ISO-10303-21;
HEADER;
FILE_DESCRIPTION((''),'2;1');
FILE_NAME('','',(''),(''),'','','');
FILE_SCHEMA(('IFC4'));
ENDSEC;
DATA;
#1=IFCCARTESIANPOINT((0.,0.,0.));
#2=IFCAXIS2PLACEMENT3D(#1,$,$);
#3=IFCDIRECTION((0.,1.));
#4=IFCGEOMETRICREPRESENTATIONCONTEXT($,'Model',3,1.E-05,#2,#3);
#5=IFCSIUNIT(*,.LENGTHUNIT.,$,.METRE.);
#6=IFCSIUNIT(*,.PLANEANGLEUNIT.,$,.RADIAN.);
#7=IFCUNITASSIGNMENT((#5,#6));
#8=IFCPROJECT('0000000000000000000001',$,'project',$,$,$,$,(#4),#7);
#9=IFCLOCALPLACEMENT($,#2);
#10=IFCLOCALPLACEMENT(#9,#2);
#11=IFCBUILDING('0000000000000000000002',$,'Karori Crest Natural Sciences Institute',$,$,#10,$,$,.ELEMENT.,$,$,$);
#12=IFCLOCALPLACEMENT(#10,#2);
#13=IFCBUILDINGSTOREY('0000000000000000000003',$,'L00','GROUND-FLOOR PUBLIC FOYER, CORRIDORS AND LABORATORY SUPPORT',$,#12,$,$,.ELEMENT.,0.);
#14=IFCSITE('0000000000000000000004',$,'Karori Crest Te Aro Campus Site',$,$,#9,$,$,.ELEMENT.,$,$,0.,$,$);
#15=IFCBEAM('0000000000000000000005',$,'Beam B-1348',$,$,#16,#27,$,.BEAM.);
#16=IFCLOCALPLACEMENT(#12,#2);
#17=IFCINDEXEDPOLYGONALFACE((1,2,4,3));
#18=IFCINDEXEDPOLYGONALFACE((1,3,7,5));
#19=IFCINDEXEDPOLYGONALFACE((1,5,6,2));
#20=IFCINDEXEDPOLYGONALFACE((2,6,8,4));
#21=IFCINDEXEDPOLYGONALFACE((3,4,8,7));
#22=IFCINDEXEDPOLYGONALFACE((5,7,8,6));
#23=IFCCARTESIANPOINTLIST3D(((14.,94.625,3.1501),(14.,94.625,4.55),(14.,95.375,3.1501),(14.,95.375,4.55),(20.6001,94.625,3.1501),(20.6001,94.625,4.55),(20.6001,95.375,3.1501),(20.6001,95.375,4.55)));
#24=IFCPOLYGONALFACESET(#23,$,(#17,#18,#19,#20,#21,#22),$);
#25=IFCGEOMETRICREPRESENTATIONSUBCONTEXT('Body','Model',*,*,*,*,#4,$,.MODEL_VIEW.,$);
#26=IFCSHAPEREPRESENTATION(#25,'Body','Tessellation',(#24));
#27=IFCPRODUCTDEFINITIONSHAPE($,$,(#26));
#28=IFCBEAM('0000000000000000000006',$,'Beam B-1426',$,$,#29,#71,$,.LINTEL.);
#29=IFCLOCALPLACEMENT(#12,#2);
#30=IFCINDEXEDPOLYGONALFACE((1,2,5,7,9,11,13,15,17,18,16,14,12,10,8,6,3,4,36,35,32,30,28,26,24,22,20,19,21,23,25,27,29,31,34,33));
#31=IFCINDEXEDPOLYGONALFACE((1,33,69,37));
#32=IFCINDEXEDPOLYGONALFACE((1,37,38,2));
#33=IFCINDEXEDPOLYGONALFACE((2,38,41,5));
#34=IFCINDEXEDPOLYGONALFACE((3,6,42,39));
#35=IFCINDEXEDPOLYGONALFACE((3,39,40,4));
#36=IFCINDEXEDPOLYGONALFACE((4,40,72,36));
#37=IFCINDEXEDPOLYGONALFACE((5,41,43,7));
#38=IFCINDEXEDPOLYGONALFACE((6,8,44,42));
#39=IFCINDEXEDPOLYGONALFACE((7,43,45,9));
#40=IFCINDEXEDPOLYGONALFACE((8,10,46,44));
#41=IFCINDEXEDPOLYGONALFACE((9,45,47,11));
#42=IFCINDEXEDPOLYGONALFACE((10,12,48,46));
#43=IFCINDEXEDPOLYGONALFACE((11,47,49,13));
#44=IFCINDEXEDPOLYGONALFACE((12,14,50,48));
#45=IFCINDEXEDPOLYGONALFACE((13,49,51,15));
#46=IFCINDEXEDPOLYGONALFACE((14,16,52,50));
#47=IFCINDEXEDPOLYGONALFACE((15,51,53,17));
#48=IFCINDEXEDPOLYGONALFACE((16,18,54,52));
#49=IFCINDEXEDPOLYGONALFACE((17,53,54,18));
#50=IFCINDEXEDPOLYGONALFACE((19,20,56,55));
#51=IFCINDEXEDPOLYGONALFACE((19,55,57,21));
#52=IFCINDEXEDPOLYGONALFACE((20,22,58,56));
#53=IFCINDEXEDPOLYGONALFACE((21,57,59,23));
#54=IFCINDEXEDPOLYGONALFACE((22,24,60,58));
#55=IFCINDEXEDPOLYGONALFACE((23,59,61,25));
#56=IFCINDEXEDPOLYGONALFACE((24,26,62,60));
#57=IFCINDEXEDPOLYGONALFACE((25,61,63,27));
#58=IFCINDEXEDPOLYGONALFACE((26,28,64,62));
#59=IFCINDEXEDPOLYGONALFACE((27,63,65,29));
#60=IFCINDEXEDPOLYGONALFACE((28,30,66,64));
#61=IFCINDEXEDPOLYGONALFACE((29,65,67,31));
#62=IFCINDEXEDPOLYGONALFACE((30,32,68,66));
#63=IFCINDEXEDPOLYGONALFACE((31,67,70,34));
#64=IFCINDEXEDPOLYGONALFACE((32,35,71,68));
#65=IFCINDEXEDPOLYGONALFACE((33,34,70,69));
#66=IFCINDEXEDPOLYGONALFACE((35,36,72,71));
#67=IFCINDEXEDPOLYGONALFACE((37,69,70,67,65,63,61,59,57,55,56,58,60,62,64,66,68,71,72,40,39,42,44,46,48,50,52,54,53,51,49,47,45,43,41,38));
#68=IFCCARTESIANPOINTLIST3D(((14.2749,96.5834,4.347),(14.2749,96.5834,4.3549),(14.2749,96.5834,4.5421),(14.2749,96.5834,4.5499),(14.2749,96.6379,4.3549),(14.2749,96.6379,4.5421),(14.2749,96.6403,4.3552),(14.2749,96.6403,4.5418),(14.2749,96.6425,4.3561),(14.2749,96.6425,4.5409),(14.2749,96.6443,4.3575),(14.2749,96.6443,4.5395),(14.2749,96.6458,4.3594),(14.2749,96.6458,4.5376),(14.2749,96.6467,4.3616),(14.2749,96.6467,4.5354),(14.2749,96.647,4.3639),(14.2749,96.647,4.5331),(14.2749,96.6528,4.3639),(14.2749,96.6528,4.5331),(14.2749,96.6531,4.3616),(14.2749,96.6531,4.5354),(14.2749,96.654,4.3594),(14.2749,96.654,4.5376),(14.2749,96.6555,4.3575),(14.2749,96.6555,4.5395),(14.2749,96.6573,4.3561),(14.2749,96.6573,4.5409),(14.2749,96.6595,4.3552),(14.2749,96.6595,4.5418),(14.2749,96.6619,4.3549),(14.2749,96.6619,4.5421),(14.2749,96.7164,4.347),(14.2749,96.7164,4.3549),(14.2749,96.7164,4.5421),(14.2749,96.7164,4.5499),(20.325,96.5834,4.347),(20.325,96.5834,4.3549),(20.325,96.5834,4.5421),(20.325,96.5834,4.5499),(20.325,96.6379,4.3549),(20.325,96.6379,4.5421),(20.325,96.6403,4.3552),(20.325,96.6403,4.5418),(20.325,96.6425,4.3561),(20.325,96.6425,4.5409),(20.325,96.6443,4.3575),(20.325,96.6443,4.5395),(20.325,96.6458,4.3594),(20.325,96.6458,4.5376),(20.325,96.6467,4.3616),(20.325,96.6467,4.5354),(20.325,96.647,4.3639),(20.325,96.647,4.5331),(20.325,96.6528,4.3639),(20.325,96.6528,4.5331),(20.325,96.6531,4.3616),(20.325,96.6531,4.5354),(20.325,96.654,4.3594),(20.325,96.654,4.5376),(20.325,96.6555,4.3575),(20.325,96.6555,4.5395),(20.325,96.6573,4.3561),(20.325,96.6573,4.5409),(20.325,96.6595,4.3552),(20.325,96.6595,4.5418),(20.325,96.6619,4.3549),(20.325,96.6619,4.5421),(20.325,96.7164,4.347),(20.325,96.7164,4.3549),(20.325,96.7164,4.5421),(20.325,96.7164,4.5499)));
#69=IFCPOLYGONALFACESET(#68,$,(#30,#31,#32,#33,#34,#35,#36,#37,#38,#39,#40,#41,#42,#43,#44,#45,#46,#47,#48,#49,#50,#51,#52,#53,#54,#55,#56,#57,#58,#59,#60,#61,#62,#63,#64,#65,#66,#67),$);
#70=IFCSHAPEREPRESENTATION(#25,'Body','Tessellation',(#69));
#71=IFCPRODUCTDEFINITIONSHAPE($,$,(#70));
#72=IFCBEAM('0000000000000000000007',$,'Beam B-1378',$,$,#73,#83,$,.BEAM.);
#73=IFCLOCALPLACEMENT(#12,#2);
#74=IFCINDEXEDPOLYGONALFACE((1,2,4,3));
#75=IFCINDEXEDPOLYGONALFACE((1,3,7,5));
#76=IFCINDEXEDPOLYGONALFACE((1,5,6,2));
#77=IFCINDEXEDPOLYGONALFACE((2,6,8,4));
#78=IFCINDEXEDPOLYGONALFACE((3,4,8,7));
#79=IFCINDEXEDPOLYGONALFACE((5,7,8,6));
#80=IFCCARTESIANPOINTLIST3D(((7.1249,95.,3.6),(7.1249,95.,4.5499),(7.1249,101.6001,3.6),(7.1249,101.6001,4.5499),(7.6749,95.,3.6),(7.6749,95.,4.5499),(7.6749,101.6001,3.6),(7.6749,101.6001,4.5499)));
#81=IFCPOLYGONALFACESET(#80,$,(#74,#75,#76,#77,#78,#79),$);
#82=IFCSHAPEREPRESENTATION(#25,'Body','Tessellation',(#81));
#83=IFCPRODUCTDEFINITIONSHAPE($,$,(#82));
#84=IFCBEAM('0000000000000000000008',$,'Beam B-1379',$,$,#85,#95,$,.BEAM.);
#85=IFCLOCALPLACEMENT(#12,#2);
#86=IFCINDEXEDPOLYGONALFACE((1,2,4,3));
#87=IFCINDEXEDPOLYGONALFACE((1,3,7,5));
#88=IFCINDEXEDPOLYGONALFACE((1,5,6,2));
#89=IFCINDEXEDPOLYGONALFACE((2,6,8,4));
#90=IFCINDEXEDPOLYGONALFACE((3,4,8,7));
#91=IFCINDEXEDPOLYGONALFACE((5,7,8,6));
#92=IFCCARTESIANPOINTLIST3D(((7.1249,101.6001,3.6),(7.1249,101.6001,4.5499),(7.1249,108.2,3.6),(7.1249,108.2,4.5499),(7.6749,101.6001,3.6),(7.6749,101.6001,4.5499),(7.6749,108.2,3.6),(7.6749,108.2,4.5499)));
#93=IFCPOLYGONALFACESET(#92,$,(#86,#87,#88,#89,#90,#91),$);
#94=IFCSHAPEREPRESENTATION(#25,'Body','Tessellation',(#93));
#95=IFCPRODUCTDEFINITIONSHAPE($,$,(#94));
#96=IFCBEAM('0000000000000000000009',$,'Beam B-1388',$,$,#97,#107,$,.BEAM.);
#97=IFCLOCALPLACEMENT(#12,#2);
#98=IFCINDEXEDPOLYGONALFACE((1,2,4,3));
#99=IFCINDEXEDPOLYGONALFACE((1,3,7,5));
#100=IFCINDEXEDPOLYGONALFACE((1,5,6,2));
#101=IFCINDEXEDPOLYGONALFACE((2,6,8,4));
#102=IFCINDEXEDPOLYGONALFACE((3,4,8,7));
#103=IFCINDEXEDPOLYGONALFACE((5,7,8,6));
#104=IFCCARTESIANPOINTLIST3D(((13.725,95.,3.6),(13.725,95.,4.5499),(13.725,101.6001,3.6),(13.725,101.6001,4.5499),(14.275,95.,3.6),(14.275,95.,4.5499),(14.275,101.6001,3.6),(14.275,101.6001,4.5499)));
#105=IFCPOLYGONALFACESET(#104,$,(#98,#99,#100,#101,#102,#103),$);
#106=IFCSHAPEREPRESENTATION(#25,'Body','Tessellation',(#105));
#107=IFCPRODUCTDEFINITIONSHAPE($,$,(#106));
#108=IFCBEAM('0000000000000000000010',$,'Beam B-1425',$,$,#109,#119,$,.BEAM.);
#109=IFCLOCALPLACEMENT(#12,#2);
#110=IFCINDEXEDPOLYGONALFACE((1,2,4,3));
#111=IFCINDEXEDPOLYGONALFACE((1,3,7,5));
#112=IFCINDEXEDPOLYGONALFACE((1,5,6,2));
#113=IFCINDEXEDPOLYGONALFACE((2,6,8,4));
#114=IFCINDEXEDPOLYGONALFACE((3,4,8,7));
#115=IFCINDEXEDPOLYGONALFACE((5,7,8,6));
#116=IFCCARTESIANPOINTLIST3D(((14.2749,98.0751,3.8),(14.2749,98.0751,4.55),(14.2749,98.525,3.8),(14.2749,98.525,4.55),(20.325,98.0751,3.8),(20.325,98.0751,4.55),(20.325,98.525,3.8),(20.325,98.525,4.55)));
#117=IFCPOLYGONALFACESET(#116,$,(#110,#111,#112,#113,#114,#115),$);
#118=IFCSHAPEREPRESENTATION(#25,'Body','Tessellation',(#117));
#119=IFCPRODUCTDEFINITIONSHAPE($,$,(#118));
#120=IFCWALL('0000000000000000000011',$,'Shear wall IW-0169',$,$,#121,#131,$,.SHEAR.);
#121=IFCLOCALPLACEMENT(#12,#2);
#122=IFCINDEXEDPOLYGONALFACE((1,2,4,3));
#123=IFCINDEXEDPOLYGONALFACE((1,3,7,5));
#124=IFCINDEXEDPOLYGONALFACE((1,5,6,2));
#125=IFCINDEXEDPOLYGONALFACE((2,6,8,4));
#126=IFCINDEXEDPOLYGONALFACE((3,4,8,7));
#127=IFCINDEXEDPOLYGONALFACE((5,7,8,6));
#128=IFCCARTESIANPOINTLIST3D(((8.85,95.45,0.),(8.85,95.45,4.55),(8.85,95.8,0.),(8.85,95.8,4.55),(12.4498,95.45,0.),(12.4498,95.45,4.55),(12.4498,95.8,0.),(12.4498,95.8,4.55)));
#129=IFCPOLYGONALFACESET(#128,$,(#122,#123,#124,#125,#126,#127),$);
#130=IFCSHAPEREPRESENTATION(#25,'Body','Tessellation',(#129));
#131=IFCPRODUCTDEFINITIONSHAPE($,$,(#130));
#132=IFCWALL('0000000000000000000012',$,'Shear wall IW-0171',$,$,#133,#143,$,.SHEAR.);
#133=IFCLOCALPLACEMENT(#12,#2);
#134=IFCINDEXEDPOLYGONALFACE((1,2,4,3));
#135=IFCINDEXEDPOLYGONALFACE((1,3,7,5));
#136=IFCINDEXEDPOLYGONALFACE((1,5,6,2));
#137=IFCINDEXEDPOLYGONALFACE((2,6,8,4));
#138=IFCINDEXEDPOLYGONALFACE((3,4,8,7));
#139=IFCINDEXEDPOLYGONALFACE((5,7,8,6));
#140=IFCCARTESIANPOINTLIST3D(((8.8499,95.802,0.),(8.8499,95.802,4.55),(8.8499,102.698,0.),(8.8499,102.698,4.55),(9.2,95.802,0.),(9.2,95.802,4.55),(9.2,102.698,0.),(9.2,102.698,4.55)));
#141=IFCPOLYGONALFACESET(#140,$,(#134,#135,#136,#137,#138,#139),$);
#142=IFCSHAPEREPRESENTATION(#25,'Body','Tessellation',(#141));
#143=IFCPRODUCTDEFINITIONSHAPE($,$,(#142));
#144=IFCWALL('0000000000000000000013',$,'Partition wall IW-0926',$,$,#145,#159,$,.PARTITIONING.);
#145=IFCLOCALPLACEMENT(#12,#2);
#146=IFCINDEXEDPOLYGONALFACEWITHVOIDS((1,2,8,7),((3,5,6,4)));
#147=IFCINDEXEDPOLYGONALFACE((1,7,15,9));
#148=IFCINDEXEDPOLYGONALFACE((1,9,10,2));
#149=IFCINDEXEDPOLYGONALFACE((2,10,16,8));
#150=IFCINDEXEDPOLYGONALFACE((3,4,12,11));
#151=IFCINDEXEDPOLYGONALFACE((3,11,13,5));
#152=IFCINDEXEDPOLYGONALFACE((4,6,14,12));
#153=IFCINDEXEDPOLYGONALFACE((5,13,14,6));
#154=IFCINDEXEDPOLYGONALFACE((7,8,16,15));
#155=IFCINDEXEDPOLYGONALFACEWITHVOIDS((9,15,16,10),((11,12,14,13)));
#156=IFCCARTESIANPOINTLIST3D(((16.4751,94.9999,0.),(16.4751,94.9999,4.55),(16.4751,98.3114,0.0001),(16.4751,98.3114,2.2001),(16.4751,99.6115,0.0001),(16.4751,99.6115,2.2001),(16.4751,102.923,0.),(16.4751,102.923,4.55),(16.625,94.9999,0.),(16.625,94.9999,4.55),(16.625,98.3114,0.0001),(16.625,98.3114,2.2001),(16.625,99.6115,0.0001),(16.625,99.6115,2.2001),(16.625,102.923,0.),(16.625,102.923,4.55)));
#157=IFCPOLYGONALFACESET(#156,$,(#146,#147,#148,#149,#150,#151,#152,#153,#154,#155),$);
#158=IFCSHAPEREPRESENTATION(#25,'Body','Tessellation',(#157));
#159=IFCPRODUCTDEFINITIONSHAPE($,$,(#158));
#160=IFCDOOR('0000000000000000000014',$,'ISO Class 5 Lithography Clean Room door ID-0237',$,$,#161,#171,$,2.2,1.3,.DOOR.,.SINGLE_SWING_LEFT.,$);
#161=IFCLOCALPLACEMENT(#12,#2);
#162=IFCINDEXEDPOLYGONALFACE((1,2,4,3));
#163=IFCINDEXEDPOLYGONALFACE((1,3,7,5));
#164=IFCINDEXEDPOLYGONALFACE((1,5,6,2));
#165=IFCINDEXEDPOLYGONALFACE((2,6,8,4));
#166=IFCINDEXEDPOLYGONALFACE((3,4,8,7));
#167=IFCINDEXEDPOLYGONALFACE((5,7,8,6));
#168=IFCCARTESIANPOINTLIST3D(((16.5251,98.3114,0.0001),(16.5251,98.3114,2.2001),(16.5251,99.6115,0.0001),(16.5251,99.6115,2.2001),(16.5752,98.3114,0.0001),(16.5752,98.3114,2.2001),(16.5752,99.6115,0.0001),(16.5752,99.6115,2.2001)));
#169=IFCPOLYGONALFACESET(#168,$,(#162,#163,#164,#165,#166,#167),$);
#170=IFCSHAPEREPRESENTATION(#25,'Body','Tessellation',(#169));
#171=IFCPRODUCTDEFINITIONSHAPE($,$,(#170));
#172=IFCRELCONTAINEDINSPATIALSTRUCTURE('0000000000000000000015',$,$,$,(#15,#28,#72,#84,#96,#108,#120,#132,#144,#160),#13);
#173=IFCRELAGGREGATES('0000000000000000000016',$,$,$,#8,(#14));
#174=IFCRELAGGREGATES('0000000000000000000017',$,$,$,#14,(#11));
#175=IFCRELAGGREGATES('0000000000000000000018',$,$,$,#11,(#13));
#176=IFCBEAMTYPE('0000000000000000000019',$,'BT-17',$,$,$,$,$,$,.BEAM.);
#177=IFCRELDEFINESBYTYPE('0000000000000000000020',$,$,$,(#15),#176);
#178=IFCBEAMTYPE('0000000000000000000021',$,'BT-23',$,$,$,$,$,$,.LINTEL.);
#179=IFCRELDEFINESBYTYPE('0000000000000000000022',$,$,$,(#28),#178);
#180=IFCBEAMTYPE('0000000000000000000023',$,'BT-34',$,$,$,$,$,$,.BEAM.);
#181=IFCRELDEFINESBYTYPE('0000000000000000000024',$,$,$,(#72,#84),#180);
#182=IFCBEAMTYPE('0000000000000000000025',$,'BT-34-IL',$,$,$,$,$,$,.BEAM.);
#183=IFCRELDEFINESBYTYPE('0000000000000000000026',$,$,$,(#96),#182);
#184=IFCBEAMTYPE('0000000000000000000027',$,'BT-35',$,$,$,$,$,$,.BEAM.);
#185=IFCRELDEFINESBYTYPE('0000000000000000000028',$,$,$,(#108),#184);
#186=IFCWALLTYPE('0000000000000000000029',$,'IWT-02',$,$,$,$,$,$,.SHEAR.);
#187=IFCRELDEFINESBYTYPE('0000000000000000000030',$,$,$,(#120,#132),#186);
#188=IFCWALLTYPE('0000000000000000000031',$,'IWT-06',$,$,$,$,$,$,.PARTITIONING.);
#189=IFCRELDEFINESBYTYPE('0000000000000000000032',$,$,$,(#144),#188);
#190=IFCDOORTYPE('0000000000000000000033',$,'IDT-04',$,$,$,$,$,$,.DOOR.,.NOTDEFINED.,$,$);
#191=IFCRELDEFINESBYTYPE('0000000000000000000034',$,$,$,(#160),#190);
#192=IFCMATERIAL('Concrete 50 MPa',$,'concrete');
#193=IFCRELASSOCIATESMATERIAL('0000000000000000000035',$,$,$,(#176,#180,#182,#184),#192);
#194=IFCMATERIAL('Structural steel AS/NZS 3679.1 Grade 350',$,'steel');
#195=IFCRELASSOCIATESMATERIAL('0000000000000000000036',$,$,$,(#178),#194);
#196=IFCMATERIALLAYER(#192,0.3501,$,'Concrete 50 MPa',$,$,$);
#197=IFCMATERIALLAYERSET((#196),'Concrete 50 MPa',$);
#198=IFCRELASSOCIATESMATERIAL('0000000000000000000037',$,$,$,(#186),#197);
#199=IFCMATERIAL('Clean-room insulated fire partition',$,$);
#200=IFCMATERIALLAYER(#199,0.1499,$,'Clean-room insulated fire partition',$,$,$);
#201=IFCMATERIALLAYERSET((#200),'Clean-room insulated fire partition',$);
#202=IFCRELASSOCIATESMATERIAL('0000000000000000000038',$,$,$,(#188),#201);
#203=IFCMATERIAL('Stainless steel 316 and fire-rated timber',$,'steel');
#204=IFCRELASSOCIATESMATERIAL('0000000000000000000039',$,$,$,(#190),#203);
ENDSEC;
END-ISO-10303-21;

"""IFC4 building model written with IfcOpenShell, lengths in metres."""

from ifc_helpers import new_model, si_unit, direction, frame, frame_2d, origin, origin_2d, place, context, subcontext, project, spatial, rectangle, i_section, extrude, material, layer, layer_set, material_profile, profile_set, type_object, element, fill, save


model = new_model("IFC4")

# Units and contexts
model_context = context("Model", 3, precision=1e-05, world=origin(), true_north=direction((0.0, 1.0)))
body_context = subcontext(model_context, "Body", "Model", "MODEL_VIEW")
ifc_project = project(units=[si_unit("LENGTHUNIT", "METRE"), si_unit("PLANEANGLEUNIT", "RADIAN")], contexts=[model_context])

# Site, building, storey
site_placement = place(None, origin())
site = spatial("IfcSite", under=ifc_project, at=site_placement, Name="Karori Crest Te Aro Campus Site", CompositionType="ELEMENT", RefElevation=0.0)
building_placement = place(site_placement, origin())
building = spatial("IfcBuilding", under=site, at=building_placement, Name="Karori Crest Natural Sciences Institute", CompositionType="ELEMENT")
storey_placement = place(building_placement, origin())
storey = spatial("IfcBuildingStorey", under=building, at=storey_placement, Name="L00", Description="GROUND-FLOOR PUBLIC FOYER, CORRIDORS AND LABORATORY SUPPORT", CompositionType="ELEMENT", Elevation=0.0)

# Shared definitions
ifc_material_1 = material(Name="Structural steel AS/NZS 3679.1 Grade 350", Category="steel")
ifc_material_2 = material(Name="Concrete 50 MPa", Category="concrete")

# Beams
ifc_material_profile_1 = material_profile(ifc_material_2, rectangle(XDim=0.75, YDim=1.3999, at=origin_2d()), Name="RCB750x1400")
ifc_profile_set_1 = profile_set([ifc_material_profile_1], Name="Concrete 50 MPa")
beam_type_1 = type_object("IfcBeamType", Name="BT-17", PredefinedType="BEAM", material=ifc_profile_set_1)
for number, where, z_axis, x_axis, name in (
    (1, (14.0, 95.0, 3.8501), (1.0, 0.0, 0.0), (0.0, 1.0, 0.0), "Beam B-1348"),
):
    element("IfcBeam", number, at=place(storey_placement, frame(where, z_axis=z_axis, x_axis=x_axis)), inside=storey, type_object=beam_type_1, Name=name, PredefinedType="BEAM", context=body_context, shape_type="SweptSolid", body=[
        extrude(rectangle(XDim=0.75, YDim=1.3999, at=origin_2d()), origin(), (0.0, 0.0, 1.0), 6.6001),
    ])
ifc_material_profile_2 = material_profile(ifc_material_1, i_section(OverallWidth=0.1331, OverallDepth=0.2029, WebThickness=0.0059, FlangeThickness=0.0078, FilletRadius=0.009, at=origin_2d()), Name="200UB25.4")
ifc_profile_set_2 = profile_set([ifc_material_profile_2], Name="Structural steel AS/NZS 3679.1 Grade 350")
beam_type_2 = type_object("IfcBeamType", Name="BT-23", PredefinedType="LINTEL", material=ifc_profile_set_2)
beam_1_placement = place(storey_placement, frame((14.2749, 96.6499, 4.4485), z_axis=(1.0, 0.0, 0.0), x_axis=(0.0, 1.0, 0.0)))
element("IfcBeam", 2, at=beam_1_placement, inside=storey, type_object=beam_type_2, Name="Beam B-1426", PredefinedType="LINTEL", context=body_context, shape_type="SweptSolid", body=[
    extrude(i_section(OverallWidth=0.1331, OverallDepth=0.2029, WebThickness=0.0059, FlangeThickness=0.0078, FilletRadius=0.009, at=origin_2d()), origin(), (0.0, 0.0, 1.0), 6.05),
])
ifc_material_profile_3 = material_profile(ifc_material_2, rectangle(XDim=0.55, YDim=0.95, at=origin_2d()), Name="RCB550x950")
ifc_profile_set_3 = profile_set([ifc_material_profile_3], Name="Concrete 50 MPa")
beam_type_3 = type_object("IfcBeamType", Name="BT-34", PredefinedType="BEAM", material=ifc_profile_set_3)
beam_2_placement = place(storey_placement, frame((7.3999, 95.0, 4.075), z_axis=(0.0, 1.0, 0.0), x_axis=(-1.0, 0.0, 0.0)))
element("IfcBeam", 3, at=beam_2_placement, inside=storey, type_object=beam_type_3, Name="Beam B-1378", PredefinedType="BEAM", context=body_context, shape_type="SweptSolid", body=[
    extrude(rectangle(XDim=0.55, YDim=0.95, at=origin_2d()), origin(), (0.0, 0.0, 1.0), 6.6001),
])
beam_3_placement = place(storey_placement, frame((7.3999, 101.6001, 4.075), z_axis=(0.0, 1.0, 0.0), x_axis=(-1.0, 0.0, 0.0)))
element("IfcBeam", 4, at=beam_3_placement, inside=storey, type_object=beam_type_3, Name="Beam B-1379", PredefinedType="BEAM", context=body_context, shape_type="SweptSolid", body=[
    extrude(rectangle(XDim=0.55, YDim=0.95, at=origin_2d()), origin(), (0.0, 0.0, 1.0), 6.5999),
])
ifc_material_profile_4 = material_profile(ifc_material_2, rectangle(XDim=0.55, YDim=0.95, at=origin_2d()), Name="RCB550x950")
ifc_profile_set_4 = profile_set([ifc_material_profile_4], Name="Concrete 50 MPa")
beam_type_4 = type_object("IfcBeamType", Name="BT-34-IL", PredefinedType="BEAM", material=ifc_profile_set_4)
beam_4_placement = place(storey_placement, frame((14.0, 95.0, 4.075), z_axis=(0.0, 1.0, 0.0), x_axis=(-1.0, 0.0, 0.0)))
element("IfcBeam", 5, at=beam_4_placement, inside=storey, type_object=beam_type_4, Name="Beam B-1388", PredefinedType="BEAM", context=body_context, shape_type="SweptSolid", body=[
    extrude(rectangle(XDim=0.55, YDim=0.95, at=origin_2d()), origin(), (0.0, 0.0, 1.0), 6.6001),
])
ifc_material_profile_5 = material_profile(ifc_material_2, rectangle(XDim=0.45, YDim=0.75, at=origin_2d()), Name="RCB450x750")
ifc_profile_set_5 = profile_set([ifc_material_profile_5], Name="Concrete 50 MPa")
beam_type_5 = type_object("IfcBeamType", Name="BT-35", PredefinedType="BEAM", material=ifc_profile_set_5)
beam_5_placement = place(storey_placement, frame((14.2749, 98.3, 4.175), z_axis=(1.0, 0.0, 0.0), x_axis=(0.0, 1.0, 0.0)))
element("IfcBeam", 6, at=beam_5_placement, inside=storey, type_object=beam_type_5, Name="Beam B-1425", PredefinedType="BEAM", context=body_context, shape_type="SweptSolid", body=[
    extrude(rectangle(XDim=0.45, YDim=0.75, at=origin_2d()), origin(), (0.0, 0.0, 1.0), 6.05),
])

# Walls
ifc_layer_1 = layer(ifc_material_2, 0.3501, Name="Concrete 50 MPa")
ifc_layer_set_1 = layer_set([ifc_layer_1], Name="Concrete 50 MPa")
wall_type_1 = type_object("IfcWallType", Name="IWT-02", PredefinedType="SHEAR", material=ifc_layer_set_1)
wall_1_placement = place(storey_placement, frame((8.8501, 95.625, 0.0), z_axis=(0.0, 0.0, 1.0), x_axis=(1.0, 0.0, 0.0)))
element("IfcWall", 7, at=wall_1_placement, inside=storey, type_object=wall_type_1, Name="Shear wall IW-0169", PredefinedType="SHEAR", context=body_context, shape_type="SweptSolid", body=[
    extrude(rectangle(XDim=3.5999, YDim=0.3501, at=frame_2d((1.7998, 0.0))), origin(), (0.0, 0.0, 1.0), 4.55),
])
wall_2_placement = place(storey_placement, frame((9.0249, 95.802, 0.0), z_axis=(0.0, 0.0, 1.0), x_axis=(0.0, 1.0, 0.0)))
element("IfcWall", 8, at=wall_2_placement, inside=storey, type_object=wall_type_1, Name="Shear wall IW-0171", PredefinedType="SHEAR", context=body_context, shape_type="SweptSolid", body=[
    extrude(rectangle(XDim=6.896, YDim=0.3501, at=frame_2d((3.448, 0.0))), origin(), (0.0, 0.0, 1.0), 4.55),
])

# Wall, opening, door
ifc_material_3 = material(Name="Stainless steel 316 and fire-rated timber", Category="steel")
ifc_material_4 = material(Name="Clean-room insulated fire partition")
ifc_layer_2 = layer(ifc_material_4, 0.1499, Name="Clean-room insulated fire partition")
ifc_layer_set_2 = layer_set([ifc_layer_2], Name="Clean-room insulated fire partition")
wall_type_2 = type_object("IfcWallType", Name="IWT-06", PredefinedType="PARTITIONING", material=ifc_layer_set_2)
wall_3_placement = place(storey_placement, frame((16.55, 95.0, 0.0), z_axis=(0.0, 0.0, 1.0), x_axis=(0.0, 1.0, 0.0)))
wall_3 = element("IfcWall", 9, at=wall_3_placement, inside=storey, type_object=wall_type_2, Name="Partition wall IW-0926", PredefinedType="PARTITIONING", context=body_context, shape_type="SweptSolid", body=[
    extrude(rectangle(XDim=7.9231, YDim=0.1499, at=frame_2d((3.9614, 0.0))), origin(), (0.0, 0.0, 1.0), 4.55),
])
opening_1_placement = place(wall_3_placement, frame((3.3115, 0.0, 0.0)))
opening_1 = element("IfcOpeningElement", 10, at=opening_1_placement, cuts=wall_3, PredefinedType="OPENING", context=body_context, shape_type="SweptSolid", body=[
    extrude(rectangle(XDim=1.3, YDim=2.2, at=frame_2d((0.6499, 1.1001))), frame((0.0, 0.085, 0.0), z_axis=(0.0, -1.0, 0.0), x_axis=(1.0, 0.0, 0.0)), (0.0, 0.0, 1.0), 0.1699),
])
door_type_1 = type_object("IfcDoorType", Name="IDT-04", OperationType="NOTDEFINED", PredefinedType="DOOR", material=ifc_material_3)
door_1_placement = place(opening_1_placement, origin())
door_1 = element("IfcDoor", 11, at=door_1_placement, inside=storey, type_object=door_type_1, Name="ISO Class 5 Lithography Clean Room door ID-0237", OperationType="SINGLE_SWING_LEFT", OverallHeight=2.2, OverallWidth=1.3, PredefinedType="DOOR", context=body_context, shape_type="SweptSolid", body=[
    extrude(rectangle(XDim=1.3, YDim=2.2, at=frame_2d((0.6499, 1.1001))), frame((0.0, 0.0249, 0.0), z_axis=(0.0, -1.0, 0.0), x_axis=(1.0, 0.0, 0.0)), (0.0, 0.0, 1.0), 0.05),
])
fill(opening_1, door_1)

save(model, "model.ifc")
